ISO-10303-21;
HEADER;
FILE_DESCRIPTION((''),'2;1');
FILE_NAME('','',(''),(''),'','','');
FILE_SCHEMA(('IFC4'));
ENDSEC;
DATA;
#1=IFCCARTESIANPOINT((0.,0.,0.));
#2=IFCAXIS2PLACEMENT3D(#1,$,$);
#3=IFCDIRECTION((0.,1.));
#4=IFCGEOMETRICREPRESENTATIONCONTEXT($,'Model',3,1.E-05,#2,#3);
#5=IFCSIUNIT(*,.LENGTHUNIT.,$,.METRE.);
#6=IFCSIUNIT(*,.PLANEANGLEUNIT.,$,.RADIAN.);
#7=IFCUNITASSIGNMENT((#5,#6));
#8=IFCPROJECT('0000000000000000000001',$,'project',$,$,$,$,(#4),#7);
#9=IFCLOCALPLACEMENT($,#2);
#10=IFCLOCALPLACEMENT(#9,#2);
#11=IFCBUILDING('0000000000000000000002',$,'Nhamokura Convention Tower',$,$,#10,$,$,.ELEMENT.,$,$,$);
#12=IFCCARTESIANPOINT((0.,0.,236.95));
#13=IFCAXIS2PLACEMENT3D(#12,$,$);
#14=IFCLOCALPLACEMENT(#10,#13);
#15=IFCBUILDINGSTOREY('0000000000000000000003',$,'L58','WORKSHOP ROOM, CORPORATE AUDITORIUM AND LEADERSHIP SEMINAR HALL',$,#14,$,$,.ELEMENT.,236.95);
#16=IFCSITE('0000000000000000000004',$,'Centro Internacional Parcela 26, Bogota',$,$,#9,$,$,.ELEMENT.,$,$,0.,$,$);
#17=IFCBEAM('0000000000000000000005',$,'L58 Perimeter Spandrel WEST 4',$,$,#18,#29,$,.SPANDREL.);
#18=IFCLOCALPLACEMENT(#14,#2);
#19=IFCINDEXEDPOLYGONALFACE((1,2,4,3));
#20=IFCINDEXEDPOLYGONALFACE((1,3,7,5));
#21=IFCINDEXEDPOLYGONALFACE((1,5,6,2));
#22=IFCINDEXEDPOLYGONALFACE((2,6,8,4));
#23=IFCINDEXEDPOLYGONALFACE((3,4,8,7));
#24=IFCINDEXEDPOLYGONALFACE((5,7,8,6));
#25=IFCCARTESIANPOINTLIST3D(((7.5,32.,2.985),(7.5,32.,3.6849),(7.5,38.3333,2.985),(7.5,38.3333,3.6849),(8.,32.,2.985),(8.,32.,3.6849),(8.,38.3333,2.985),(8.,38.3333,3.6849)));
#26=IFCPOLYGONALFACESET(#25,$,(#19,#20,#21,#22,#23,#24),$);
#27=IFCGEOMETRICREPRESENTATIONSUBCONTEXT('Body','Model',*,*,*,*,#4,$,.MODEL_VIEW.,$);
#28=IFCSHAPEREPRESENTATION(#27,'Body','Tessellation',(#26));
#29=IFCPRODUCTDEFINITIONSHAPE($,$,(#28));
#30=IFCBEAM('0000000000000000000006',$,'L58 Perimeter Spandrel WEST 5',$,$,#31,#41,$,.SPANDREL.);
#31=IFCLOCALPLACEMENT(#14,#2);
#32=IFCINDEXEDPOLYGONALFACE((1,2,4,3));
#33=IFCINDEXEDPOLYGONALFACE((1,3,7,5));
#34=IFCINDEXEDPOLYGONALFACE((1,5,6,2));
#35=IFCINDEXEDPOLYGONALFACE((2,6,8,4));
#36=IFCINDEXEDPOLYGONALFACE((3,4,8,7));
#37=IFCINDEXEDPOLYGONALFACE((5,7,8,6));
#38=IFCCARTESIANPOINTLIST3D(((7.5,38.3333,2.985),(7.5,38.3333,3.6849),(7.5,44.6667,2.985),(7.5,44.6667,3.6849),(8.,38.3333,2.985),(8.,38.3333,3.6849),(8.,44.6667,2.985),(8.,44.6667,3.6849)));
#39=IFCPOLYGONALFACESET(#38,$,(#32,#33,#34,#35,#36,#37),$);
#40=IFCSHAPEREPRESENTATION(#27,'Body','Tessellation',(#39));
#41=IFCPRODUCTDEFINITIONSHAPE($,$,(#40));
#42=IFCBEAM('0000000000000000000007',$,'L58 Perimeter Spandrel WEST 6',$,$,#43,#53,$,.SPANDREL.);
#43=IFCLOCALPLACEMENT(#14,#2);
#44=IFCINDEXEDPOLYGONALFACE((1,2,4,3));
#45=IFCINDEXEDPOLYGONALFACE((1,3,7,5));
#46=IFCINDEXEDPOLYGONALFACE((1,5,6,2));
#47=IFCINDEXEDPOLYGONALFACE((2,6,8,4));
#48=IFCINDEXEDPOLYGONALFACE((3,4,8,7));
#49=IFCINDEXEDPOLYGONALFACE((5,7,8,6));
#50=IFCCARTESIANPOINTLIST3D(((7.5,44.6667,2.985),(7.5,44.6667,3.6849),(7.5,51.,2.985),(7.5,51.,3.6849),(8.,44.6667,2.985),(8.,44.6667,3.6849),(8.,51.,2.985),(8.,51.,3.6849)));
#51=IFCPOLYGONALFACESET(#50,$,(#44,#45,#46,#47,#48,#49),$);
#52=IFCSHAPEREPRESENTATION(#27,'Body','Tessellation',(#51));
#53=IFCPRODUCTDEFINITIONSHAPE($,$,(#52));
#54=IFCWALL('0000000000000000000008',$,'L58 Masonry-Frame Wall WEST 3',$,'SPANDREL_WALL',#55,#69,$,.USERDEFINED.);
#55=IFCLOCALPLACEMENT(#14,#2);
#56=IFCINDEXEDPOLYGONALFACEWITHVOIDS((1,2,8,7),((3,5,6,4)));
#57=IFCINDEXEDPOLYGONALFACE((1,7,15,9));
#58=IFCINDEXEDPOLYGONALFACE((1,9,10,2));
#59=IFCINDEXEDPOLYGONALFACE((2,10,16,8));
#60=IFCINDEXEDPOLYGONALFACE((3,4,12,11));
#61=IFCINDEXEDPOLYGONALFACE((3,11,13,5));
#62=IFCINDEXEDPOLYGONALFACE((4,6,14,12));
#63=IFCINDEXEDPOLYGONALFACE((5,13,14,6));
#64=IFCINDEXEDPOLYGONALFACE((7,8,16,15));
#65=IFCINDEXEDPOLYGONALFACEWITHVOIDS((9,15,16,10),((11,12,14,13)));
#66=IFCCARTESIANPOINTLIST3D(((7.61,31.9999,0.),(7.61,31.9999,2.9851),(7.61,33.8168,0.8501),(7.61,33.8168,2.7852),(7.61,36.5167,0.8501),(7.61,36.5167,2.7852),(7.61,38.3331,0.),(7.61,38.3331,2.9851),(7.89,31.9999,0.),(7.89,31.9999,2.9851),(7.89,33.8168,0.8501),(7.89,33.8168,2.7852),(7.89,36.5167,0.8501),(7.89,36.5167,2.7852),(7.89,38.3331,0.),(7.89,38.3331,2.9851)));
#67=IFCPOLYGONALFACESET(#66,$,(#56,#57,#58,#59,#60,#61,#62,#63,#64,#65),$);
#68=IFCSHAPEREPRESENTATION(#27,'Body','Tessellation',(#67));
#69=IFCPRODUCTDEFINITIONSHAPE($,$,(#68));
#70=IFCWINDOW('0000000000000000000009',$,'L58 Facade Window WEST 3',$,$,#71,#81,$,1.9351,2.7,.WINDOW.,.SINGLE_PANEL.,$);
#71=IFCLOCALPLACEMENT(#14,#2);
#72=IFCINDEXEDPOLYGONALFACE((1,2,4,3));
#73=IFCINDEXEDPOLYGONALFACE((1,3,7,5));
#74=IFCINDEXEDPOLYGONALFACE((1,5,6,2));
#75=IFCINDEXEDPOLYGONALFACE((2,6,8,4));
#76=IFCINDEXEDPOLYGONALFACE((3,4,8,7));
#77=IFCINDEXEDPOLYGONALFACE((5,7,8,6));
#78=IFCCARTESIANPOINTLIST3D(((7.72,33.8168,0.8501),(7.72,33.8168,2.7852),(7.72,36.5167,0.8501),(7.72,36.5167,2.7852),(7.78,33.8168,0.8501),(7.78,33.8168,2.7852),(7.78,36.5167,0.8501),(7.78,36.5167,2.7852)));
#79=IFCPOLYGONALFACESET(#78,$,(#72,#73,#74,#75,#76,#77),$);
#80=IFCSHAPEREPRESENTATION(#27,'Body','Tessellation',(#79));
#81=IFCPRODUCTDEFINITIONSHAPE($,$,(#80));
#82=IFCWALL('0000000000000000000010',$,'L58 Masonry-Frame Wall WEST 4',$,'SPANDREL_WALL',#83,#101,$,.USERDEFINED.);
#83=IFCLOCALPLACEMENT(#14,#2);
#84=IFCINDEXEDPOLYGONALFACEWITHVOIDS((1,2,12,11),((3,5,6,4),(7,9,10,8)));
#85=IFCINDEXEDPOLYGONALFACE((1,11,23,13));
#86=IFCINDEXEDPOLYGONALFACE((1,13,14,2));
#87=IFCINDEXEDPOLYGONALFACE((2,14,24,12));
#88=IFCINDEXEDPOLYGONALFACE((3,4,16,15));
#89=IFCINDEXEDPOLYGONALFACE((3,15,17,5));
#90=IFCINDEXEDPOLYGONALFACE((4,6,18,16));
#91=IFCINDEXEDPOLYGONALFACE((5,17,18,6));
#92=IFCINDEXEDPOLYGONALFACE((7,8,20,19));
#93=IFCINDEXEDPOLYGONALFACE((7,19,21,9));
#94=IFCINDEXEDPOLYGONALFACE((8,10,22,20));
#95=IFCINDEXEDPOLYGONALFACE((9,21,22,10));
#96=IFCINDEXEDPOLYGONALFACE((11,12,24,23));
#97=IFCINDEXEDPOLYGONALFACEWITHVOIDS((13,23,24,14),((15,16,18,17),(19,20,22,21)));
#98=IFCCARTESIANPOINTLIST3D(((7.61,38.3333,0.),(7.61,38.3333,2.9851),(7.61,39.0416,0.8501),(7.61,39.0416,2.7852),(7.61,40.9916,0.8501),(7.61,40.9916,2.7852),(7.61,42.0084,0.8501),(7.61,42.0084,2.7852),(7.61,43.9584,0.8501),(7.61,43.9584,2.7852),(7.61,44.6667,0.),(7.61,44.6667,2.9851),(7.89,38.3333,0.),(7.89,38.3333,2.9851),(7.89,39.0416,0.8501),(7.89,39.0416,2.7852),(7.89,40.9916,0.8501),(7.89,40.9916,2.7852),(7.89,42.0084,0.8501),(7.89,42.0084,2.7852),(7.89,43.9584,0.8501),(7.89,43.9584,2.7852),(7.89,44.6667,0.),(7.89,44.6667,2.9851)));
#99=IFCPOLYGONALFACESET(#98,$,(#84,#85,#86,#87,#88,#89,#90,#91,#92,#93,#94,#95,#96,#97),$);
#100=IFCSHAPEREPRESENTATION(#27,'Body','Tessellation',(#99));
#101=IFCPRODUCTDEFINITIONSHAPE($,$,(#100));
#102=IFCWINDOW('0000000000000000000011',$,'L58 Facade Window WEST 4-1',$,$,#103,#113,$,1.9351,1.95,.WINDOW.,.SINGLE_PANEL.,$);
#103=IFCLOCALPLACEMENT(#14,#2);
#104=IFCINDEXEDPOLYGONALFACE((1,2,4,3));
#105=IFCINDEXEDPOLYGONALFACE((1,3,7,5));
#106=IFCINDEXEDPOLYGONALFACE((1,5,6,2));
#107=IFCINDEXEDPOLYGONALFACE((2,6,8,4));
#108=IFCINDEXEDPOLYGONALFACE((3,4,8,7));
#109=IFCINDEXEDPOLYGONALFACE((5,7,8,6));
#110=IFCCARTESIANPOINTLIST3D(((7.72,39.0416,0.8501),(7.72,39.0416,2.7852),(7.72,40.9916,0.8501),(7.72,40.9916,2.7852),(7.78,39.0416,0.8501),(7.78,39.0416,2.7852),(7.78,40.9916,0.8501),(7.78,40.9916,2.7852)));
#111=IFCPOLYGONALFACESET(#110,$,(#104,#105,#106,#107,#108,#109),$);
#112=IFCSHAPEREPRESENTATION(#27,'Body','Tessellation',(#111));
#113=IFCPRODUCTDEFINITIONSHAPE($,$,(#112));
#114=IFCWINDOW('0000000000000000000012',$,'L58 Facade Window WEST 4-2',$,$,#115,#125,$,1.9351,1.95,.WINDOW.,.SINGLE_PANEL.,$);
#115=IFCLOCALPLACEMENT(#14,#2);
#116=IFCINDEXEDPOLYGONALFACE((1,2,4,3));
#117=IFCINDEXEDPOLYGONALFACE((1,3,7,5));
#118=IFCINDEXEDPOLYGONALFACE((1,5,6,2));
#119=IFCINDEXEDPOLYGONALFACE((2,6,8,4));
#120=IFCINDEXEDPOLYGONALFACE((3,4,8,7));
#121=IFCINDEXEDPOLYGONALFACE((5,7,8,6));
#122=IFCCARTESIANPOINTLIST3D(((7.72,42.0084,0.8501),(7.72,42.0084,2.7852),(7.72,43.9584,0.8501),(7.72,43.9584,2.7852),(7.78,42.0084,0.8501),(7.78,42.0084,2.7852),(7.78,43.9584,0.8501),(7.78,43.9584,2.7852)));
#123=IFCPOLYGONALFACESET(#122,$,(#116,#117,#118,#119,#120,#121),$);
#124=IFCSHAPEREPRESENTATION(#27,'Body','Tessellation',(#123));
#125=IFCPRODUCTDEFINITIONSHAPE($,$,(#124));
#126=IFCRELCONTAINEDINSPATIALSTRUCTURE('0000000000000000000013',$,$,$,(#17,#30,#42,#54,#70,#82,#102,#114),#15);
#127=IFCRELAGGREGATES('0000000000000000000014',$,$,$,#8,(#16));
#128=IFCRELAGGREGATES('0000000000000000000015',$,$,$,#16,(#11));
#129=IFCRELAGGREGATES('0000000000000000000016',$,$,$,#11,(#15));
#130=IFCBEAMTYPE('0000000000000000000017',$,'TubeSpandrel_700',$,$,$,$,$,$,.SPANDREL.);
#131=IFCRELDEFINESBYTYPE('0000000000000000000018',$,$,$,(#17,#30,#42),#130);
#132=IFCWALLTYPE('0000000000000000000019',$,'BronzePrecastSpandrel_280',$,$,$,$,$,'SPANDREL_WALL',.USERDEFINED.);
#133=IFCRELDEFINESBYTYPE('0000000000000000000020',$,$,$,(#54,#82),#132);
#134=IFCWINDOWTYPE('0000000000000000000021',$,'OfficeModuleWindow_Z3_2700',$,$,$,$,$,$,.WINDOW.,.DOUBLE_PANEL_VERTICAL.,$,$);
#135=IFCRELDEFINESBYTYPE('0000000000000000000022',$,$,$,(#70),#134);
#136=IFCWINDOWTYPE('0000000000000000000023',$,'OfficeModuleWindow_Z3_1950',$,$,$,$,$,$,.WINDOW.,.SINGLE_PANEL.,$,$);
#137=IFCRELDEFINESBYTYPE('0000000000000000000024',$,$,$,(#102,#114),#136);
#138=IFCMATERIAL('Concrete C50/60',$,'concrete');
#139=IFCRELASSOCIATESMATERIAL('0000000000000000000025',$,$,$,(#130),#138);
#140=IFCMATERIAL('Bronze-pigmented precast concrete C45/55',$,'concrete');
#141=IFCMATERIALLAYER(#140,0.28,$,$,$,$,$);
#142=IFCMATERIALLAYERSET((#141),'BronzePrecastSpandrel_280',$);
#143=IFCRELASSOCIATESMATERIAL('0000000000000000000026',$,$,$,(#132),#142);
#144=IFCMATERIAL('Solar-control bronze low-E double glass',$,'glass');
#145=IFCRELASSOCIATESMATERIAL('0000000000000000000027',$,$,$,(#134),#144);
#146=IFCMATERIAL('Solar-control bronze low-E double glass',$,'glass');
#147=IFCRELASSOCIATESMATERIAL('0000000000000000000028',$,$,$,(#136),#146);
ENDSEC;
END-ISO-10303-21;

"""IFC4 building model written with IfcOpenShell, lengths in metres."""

from ifc_helpers import new_model, si_unit, direction, frame, frame_2d, origin, origin_2d, place, context, subcontext, project, spatial, rectangle, extrude, material, layer, layer_set, material_profile, profile_set, type_object, element, fill, save


model = new_model("IFC4")

# Units and contexts
model_context = context("Model", 3, precision=1e-05, world=origin(), true_north=direction((0.0, 1.0)))
body_context = subcontext(model_context, "Body", "Model", "MODEL_VIEW")
ifc_project = project(units=[si_unit("LENGTHUNIT", "METRE"), si_unit("PLANEANGLEUNIT", "RADIAN")], contexts=[model_context])

# Site, building, storey
site_placement = place(None, origin())
site = spatial("IfcSite", under=ifc_project, at=site_placement, Name="Centro Internacional Parcela 26, Bogota", CompositionType="ELEMENT", RefElevation=0.0)
building_placement = place(site_placement, origin())
building = spatial("IfcBuilding", under=site, at=building_placement, Name="Nhamokura Convention Tower", CompositionType="ELEMENT")
storey_placement = place(building_placement, frame((0.0, 0.0, 236.95)))
storey = spatial("IfcBuildingStorey", under=building, at=storey_placement, Name="L58", Description="WORKSHOP ROOM, CORPORATE AUDITORIUM AND LEADERSHIP SEMINAR HALL", CompositionType="ELEMENT", Elevation=236.95)

# Beams
ifc_material_1 = material(Name="Concrete C50/60", Category="concrete")
ifc_material_profile_1 = material_profile(ifc_material_1, rectangle(XDim=0.5, YDim=0.7, at=origin_2d()))
ifc_profile_set_1 = profile_set([ifc_material_profile_1], Name="Concrete C50/60")
beam_type_1 = type_object("IfcBeamType", Name="TubeSpandrel_700", PredefinedType="SPANDREL", material=ifc_profile_set_1)
beam_1_placement = place(storey_placement, frame((7.75, 32.0, 3.335), z_axis=(0.0, 1.0, 0.0), x_axis=(-1.0, 0.0, 0.0)))
element("IfcBeam", 1, at=beam_1_placement, inside=storey, type_object=beam_type_1, Name="L58 Perimeter Spandrel WEST 4", PredefinedType="SPANDREL", context=body_context, shape_type="SweptSolid", body=[
    extrude(rectangle(XDim=0.5, YDim=0.7, at=origin_2d()), origin(), (0.0, 0.0, 1.0), 6.3333),
])
beam_2_placement = place(storey_placement, frame((7.75, 38.3333, 3.335), z_axis=(0.0, 1.0, 0.0), x_axis=(-1.0, 0.0, 0.0)))
element("IfcBeam", 2, at=beam_2_placement, inside=storey, type_object=beam_type_1, Name="L58 Perimeter Spandrel WEST 5", PredefinedType="SPANDREL", context=body_context, shape_type="SweptSolid", body=[
    extrude(rectangle(XDim=0.5, YDim=0.7, at=origin_2d()), origin(), (0.0, 0.0, 1.0), 6.3335),
])
beam_3_placement = place(storey_placement, frame((7.75, 44.6667, 3.335), z_axis=(0.0, 1.0, 0.0), x_axis=(-1.0, 0.0, 0.0)))
element("IfcBeam", 3, at=beam_3_placement, inside=storey, type_object=beam_type_1, Name="L58 Perimeter Spandrel WEST 6", PredefinedType="SPANDREL", context=body_context, shape_type="SweptSolid", body=[
    extrude(rectangle(XDim=0.5, YDim=0.7, at=origin_2d()), origin(), (0.0, 0.0, 1.0), 6.3333),
])

# Wall, opening, window
ifc_material_2 = material(Name="Bronze-pigmented precast concrete C45/55", Category="concrete")
ifc_layer = layer(ifc_material_2, 0.28)
ifc_layer_set = layer_set([ifc_layer], Name="BronzePrecastSpandrel_280")
wall_type = type_object("IfcWallType", Name="BronzePrecastSpandrel_280", ElementType="SPANDREL_WALL", PredefinedType="USERDEFINED", material=ifc_layer_set)
wall_1_placement = place(storey_placement, frame((7.75, 32.0, 0.0), z_axis=(0.0, 0.0, 1.0), x_axis=(0.0, 1.0, 0.0)))
wall_1 = element("IfcWall", 4, at=wall_1_placement, inside=storey, type_object=wall_type, Name="L58 Masonry-Frame Wall WEST 3", ObjectType="SPANDREL_WALL", PredefinedType="USERDEFINED", context=body_context, shape_type="SweptSolid", body=[
    extrude(rectangle(XDim=6.3333, YDim=0.28, at=frame_2d((3.1665, 0.0))), origin(), (0.0, 0.0, 1.0), 2.9851),
])
opening_1_placement = place(wall_1_placement, frame((1.8167, 0.0, 0.8501)))
opening_1 = element("IfcOpeningElement", 5, at=opening_1_placement, cuts=wall_1, PredefinedType="OPENING", context=body_context, shape_type="SweptSolid", body=[
    extrude(rectangle(XDim=2.7, YDim=1.9351, at=frame_2d((1.3501, 0.9675))), frame((0.0, 0.1499, 0.0), z_axis=(0.0, -1.0, 0.0), x_axis=(1.0, 0.0, 0.0)), (0.0, 0.0, 1.0), 0.3),
])
ifc_material_3 = material(Name="Solar-control bronze low-E double glass", Category="glass")
window_type_1 = type_object("IfcWindowType", Name="OfficeModuleWindow_Z3_2700", PartitioningType="DOUBLE_PANEL_VERTICAL", PredefinedType="WINDOW", material=ifc_material_3)
window_1_placement = place(opening_1_placement, origin())
window_1 = element("IfcWindow", 6, at=window_1_placement, inside=storey, type_object=window_type_1, Name="L58 Facade Window WEST 3", OverallHeight=1.9351, OverallWidth=2.7, PartitioningType="SINGLE_PANEL", PredefinedType="WINDOW", context=body_context, shape_type="SweptSolid", body=[
    extrude(rectangle(XDim=2.7, YDim=1.9351, at=frame_2d((1.3501, 0.9675))), frame((0.0, 0.03, 0.0), z_axis=(0.0, -1.0, 0.0), x_axis=(1.0, 0.0, 0.0)), (0.0, 0.0, 1.0), 0.0601),
])
fill(opening_1, window_1)

# Wall, openings, windows
wall_2_placement = place(storey_placement, frame((7.75, 38.3333, 0.0), z_axis=(0.0, 0.0, 1.0), x_axis=(0.0, 1.0, 0.0)))
wall_2 = element("IfcWall", 7, at=wall_2_placement, inside=storey, type_object=wall_type, Name="L58 Masonry-Frame Wall WEST 4", ObjectType="SPANDREL_WALL", PredefinedType="USERDEFINED", context=body_context, shape_type="SweptSolid", body=[
    extrude(rectangle(XDim=6.3335, YDim=0.28, at=frame_2d((3.1667, 0.0))), origin(), (0.0, 0.0, 1.0), 2.9851),
])
opening_2_placement = place(wall_2_placement, frame((0.7083, 0.0, 0.8501)))
opening_2 = element("IfcOpeningElement", 8, at=opening_2_placement, cuts=wall_2, PredefinedType="OPENING", context=body_context, shape_type="SweptSolid", body=[
    extrude(rectangle(XDim=1.95, YDim=1.9351, at=frame_2d((0.9751, 0.9675))), frame((0.0, 0.1499, 0.0), z_axis=(0.0, -1.0, 0.0), x_axis=(1.0, 0.0, 0.0)), (0.0, 0.0, 1.0), 0.3),
])
opening_3_placement = place(wall_2_placement, frame((3.675, 0.0, 0.8501)))
opening_3 = element("IfcOpeningElement", 9, at=opening_3_placement, cuts=wall_2, PredefinedType="OPENING", context=body_context, shape_type="SweptSolid", body=[
    extrude(rectangle(XDim=1.95, YDim=1.9351, at=frame_2d((0.9751, 0.9675))), frame((0.0, 0.1499, 0.0), z_axis=(0.0, -1.0, 0.0), x_axis=(1.0, 0.0, 0.0)), (0.0, 0.0, 1.0), 0.3),
])
ifc_material_4 = material(Name="Solar-control bronze low-E double glass", Category="glass")
window_type_2 = type_object("IfcWindowType", Name="OfficeModuleWindow_Z3_1950", PartitioningType="SINGLE_PANEL", PredefinedType="WINDOW", material=ifc_material_4)
window_2_placement = place(opening_2_placement, origin())
window_2 = element("IfcWindow", 10, at=window_2_placement, inside=storey, type_object=window_type_2, Name="L58 Facade Window WEST 4-1", OverallHeight=1.9351, OverallWidth=1.95, PartitioningType="SINGLE_PANEL", PredefinedType="WINDOW", context=body_context, shape_type="SweptSolid", body=[
    extrude(rectangle(XDim=1.95, YDim=1.9351, at=frame_2d((0.9751, 0.9675))), frame((0.0, 0.03, 0.0), z_axis=(0.0, -1.0, 0.0), x_axis=(1.0, 0.0, 0.0)), (0.0, 0.0, 1.0), 0.0601),
])
fill(opening_2, window_2)
window_3_placement = place(opening_3_placement, origin())
window_3 = element("IfcWindow", 11, at=window_3_placement, inside=storey, type_object=window_type_2, Name="L58 Facade Window WEST 4-2", OverallHeight=1.9351, OverallWidth=1.95, PartitioningType="SINGLE_PANEL", PredefinedType="WINDOW", context=body_context, shape_type="SweptSolid", body=[
    extrude(rectangle(XDim=1.95, YDim=1.9351, at=frame_2d((0.9751, 0.9675))), frame((0.0, 0.03, 0.0), z_axis=(0.0, -1.0, 0.0), x_axis=(1.0, 0.0, 0.0)), (0.0, 0.0, 1.0), 0.0601),
])
fill(opening_3, window_3)

save(model, "model.ifc")
